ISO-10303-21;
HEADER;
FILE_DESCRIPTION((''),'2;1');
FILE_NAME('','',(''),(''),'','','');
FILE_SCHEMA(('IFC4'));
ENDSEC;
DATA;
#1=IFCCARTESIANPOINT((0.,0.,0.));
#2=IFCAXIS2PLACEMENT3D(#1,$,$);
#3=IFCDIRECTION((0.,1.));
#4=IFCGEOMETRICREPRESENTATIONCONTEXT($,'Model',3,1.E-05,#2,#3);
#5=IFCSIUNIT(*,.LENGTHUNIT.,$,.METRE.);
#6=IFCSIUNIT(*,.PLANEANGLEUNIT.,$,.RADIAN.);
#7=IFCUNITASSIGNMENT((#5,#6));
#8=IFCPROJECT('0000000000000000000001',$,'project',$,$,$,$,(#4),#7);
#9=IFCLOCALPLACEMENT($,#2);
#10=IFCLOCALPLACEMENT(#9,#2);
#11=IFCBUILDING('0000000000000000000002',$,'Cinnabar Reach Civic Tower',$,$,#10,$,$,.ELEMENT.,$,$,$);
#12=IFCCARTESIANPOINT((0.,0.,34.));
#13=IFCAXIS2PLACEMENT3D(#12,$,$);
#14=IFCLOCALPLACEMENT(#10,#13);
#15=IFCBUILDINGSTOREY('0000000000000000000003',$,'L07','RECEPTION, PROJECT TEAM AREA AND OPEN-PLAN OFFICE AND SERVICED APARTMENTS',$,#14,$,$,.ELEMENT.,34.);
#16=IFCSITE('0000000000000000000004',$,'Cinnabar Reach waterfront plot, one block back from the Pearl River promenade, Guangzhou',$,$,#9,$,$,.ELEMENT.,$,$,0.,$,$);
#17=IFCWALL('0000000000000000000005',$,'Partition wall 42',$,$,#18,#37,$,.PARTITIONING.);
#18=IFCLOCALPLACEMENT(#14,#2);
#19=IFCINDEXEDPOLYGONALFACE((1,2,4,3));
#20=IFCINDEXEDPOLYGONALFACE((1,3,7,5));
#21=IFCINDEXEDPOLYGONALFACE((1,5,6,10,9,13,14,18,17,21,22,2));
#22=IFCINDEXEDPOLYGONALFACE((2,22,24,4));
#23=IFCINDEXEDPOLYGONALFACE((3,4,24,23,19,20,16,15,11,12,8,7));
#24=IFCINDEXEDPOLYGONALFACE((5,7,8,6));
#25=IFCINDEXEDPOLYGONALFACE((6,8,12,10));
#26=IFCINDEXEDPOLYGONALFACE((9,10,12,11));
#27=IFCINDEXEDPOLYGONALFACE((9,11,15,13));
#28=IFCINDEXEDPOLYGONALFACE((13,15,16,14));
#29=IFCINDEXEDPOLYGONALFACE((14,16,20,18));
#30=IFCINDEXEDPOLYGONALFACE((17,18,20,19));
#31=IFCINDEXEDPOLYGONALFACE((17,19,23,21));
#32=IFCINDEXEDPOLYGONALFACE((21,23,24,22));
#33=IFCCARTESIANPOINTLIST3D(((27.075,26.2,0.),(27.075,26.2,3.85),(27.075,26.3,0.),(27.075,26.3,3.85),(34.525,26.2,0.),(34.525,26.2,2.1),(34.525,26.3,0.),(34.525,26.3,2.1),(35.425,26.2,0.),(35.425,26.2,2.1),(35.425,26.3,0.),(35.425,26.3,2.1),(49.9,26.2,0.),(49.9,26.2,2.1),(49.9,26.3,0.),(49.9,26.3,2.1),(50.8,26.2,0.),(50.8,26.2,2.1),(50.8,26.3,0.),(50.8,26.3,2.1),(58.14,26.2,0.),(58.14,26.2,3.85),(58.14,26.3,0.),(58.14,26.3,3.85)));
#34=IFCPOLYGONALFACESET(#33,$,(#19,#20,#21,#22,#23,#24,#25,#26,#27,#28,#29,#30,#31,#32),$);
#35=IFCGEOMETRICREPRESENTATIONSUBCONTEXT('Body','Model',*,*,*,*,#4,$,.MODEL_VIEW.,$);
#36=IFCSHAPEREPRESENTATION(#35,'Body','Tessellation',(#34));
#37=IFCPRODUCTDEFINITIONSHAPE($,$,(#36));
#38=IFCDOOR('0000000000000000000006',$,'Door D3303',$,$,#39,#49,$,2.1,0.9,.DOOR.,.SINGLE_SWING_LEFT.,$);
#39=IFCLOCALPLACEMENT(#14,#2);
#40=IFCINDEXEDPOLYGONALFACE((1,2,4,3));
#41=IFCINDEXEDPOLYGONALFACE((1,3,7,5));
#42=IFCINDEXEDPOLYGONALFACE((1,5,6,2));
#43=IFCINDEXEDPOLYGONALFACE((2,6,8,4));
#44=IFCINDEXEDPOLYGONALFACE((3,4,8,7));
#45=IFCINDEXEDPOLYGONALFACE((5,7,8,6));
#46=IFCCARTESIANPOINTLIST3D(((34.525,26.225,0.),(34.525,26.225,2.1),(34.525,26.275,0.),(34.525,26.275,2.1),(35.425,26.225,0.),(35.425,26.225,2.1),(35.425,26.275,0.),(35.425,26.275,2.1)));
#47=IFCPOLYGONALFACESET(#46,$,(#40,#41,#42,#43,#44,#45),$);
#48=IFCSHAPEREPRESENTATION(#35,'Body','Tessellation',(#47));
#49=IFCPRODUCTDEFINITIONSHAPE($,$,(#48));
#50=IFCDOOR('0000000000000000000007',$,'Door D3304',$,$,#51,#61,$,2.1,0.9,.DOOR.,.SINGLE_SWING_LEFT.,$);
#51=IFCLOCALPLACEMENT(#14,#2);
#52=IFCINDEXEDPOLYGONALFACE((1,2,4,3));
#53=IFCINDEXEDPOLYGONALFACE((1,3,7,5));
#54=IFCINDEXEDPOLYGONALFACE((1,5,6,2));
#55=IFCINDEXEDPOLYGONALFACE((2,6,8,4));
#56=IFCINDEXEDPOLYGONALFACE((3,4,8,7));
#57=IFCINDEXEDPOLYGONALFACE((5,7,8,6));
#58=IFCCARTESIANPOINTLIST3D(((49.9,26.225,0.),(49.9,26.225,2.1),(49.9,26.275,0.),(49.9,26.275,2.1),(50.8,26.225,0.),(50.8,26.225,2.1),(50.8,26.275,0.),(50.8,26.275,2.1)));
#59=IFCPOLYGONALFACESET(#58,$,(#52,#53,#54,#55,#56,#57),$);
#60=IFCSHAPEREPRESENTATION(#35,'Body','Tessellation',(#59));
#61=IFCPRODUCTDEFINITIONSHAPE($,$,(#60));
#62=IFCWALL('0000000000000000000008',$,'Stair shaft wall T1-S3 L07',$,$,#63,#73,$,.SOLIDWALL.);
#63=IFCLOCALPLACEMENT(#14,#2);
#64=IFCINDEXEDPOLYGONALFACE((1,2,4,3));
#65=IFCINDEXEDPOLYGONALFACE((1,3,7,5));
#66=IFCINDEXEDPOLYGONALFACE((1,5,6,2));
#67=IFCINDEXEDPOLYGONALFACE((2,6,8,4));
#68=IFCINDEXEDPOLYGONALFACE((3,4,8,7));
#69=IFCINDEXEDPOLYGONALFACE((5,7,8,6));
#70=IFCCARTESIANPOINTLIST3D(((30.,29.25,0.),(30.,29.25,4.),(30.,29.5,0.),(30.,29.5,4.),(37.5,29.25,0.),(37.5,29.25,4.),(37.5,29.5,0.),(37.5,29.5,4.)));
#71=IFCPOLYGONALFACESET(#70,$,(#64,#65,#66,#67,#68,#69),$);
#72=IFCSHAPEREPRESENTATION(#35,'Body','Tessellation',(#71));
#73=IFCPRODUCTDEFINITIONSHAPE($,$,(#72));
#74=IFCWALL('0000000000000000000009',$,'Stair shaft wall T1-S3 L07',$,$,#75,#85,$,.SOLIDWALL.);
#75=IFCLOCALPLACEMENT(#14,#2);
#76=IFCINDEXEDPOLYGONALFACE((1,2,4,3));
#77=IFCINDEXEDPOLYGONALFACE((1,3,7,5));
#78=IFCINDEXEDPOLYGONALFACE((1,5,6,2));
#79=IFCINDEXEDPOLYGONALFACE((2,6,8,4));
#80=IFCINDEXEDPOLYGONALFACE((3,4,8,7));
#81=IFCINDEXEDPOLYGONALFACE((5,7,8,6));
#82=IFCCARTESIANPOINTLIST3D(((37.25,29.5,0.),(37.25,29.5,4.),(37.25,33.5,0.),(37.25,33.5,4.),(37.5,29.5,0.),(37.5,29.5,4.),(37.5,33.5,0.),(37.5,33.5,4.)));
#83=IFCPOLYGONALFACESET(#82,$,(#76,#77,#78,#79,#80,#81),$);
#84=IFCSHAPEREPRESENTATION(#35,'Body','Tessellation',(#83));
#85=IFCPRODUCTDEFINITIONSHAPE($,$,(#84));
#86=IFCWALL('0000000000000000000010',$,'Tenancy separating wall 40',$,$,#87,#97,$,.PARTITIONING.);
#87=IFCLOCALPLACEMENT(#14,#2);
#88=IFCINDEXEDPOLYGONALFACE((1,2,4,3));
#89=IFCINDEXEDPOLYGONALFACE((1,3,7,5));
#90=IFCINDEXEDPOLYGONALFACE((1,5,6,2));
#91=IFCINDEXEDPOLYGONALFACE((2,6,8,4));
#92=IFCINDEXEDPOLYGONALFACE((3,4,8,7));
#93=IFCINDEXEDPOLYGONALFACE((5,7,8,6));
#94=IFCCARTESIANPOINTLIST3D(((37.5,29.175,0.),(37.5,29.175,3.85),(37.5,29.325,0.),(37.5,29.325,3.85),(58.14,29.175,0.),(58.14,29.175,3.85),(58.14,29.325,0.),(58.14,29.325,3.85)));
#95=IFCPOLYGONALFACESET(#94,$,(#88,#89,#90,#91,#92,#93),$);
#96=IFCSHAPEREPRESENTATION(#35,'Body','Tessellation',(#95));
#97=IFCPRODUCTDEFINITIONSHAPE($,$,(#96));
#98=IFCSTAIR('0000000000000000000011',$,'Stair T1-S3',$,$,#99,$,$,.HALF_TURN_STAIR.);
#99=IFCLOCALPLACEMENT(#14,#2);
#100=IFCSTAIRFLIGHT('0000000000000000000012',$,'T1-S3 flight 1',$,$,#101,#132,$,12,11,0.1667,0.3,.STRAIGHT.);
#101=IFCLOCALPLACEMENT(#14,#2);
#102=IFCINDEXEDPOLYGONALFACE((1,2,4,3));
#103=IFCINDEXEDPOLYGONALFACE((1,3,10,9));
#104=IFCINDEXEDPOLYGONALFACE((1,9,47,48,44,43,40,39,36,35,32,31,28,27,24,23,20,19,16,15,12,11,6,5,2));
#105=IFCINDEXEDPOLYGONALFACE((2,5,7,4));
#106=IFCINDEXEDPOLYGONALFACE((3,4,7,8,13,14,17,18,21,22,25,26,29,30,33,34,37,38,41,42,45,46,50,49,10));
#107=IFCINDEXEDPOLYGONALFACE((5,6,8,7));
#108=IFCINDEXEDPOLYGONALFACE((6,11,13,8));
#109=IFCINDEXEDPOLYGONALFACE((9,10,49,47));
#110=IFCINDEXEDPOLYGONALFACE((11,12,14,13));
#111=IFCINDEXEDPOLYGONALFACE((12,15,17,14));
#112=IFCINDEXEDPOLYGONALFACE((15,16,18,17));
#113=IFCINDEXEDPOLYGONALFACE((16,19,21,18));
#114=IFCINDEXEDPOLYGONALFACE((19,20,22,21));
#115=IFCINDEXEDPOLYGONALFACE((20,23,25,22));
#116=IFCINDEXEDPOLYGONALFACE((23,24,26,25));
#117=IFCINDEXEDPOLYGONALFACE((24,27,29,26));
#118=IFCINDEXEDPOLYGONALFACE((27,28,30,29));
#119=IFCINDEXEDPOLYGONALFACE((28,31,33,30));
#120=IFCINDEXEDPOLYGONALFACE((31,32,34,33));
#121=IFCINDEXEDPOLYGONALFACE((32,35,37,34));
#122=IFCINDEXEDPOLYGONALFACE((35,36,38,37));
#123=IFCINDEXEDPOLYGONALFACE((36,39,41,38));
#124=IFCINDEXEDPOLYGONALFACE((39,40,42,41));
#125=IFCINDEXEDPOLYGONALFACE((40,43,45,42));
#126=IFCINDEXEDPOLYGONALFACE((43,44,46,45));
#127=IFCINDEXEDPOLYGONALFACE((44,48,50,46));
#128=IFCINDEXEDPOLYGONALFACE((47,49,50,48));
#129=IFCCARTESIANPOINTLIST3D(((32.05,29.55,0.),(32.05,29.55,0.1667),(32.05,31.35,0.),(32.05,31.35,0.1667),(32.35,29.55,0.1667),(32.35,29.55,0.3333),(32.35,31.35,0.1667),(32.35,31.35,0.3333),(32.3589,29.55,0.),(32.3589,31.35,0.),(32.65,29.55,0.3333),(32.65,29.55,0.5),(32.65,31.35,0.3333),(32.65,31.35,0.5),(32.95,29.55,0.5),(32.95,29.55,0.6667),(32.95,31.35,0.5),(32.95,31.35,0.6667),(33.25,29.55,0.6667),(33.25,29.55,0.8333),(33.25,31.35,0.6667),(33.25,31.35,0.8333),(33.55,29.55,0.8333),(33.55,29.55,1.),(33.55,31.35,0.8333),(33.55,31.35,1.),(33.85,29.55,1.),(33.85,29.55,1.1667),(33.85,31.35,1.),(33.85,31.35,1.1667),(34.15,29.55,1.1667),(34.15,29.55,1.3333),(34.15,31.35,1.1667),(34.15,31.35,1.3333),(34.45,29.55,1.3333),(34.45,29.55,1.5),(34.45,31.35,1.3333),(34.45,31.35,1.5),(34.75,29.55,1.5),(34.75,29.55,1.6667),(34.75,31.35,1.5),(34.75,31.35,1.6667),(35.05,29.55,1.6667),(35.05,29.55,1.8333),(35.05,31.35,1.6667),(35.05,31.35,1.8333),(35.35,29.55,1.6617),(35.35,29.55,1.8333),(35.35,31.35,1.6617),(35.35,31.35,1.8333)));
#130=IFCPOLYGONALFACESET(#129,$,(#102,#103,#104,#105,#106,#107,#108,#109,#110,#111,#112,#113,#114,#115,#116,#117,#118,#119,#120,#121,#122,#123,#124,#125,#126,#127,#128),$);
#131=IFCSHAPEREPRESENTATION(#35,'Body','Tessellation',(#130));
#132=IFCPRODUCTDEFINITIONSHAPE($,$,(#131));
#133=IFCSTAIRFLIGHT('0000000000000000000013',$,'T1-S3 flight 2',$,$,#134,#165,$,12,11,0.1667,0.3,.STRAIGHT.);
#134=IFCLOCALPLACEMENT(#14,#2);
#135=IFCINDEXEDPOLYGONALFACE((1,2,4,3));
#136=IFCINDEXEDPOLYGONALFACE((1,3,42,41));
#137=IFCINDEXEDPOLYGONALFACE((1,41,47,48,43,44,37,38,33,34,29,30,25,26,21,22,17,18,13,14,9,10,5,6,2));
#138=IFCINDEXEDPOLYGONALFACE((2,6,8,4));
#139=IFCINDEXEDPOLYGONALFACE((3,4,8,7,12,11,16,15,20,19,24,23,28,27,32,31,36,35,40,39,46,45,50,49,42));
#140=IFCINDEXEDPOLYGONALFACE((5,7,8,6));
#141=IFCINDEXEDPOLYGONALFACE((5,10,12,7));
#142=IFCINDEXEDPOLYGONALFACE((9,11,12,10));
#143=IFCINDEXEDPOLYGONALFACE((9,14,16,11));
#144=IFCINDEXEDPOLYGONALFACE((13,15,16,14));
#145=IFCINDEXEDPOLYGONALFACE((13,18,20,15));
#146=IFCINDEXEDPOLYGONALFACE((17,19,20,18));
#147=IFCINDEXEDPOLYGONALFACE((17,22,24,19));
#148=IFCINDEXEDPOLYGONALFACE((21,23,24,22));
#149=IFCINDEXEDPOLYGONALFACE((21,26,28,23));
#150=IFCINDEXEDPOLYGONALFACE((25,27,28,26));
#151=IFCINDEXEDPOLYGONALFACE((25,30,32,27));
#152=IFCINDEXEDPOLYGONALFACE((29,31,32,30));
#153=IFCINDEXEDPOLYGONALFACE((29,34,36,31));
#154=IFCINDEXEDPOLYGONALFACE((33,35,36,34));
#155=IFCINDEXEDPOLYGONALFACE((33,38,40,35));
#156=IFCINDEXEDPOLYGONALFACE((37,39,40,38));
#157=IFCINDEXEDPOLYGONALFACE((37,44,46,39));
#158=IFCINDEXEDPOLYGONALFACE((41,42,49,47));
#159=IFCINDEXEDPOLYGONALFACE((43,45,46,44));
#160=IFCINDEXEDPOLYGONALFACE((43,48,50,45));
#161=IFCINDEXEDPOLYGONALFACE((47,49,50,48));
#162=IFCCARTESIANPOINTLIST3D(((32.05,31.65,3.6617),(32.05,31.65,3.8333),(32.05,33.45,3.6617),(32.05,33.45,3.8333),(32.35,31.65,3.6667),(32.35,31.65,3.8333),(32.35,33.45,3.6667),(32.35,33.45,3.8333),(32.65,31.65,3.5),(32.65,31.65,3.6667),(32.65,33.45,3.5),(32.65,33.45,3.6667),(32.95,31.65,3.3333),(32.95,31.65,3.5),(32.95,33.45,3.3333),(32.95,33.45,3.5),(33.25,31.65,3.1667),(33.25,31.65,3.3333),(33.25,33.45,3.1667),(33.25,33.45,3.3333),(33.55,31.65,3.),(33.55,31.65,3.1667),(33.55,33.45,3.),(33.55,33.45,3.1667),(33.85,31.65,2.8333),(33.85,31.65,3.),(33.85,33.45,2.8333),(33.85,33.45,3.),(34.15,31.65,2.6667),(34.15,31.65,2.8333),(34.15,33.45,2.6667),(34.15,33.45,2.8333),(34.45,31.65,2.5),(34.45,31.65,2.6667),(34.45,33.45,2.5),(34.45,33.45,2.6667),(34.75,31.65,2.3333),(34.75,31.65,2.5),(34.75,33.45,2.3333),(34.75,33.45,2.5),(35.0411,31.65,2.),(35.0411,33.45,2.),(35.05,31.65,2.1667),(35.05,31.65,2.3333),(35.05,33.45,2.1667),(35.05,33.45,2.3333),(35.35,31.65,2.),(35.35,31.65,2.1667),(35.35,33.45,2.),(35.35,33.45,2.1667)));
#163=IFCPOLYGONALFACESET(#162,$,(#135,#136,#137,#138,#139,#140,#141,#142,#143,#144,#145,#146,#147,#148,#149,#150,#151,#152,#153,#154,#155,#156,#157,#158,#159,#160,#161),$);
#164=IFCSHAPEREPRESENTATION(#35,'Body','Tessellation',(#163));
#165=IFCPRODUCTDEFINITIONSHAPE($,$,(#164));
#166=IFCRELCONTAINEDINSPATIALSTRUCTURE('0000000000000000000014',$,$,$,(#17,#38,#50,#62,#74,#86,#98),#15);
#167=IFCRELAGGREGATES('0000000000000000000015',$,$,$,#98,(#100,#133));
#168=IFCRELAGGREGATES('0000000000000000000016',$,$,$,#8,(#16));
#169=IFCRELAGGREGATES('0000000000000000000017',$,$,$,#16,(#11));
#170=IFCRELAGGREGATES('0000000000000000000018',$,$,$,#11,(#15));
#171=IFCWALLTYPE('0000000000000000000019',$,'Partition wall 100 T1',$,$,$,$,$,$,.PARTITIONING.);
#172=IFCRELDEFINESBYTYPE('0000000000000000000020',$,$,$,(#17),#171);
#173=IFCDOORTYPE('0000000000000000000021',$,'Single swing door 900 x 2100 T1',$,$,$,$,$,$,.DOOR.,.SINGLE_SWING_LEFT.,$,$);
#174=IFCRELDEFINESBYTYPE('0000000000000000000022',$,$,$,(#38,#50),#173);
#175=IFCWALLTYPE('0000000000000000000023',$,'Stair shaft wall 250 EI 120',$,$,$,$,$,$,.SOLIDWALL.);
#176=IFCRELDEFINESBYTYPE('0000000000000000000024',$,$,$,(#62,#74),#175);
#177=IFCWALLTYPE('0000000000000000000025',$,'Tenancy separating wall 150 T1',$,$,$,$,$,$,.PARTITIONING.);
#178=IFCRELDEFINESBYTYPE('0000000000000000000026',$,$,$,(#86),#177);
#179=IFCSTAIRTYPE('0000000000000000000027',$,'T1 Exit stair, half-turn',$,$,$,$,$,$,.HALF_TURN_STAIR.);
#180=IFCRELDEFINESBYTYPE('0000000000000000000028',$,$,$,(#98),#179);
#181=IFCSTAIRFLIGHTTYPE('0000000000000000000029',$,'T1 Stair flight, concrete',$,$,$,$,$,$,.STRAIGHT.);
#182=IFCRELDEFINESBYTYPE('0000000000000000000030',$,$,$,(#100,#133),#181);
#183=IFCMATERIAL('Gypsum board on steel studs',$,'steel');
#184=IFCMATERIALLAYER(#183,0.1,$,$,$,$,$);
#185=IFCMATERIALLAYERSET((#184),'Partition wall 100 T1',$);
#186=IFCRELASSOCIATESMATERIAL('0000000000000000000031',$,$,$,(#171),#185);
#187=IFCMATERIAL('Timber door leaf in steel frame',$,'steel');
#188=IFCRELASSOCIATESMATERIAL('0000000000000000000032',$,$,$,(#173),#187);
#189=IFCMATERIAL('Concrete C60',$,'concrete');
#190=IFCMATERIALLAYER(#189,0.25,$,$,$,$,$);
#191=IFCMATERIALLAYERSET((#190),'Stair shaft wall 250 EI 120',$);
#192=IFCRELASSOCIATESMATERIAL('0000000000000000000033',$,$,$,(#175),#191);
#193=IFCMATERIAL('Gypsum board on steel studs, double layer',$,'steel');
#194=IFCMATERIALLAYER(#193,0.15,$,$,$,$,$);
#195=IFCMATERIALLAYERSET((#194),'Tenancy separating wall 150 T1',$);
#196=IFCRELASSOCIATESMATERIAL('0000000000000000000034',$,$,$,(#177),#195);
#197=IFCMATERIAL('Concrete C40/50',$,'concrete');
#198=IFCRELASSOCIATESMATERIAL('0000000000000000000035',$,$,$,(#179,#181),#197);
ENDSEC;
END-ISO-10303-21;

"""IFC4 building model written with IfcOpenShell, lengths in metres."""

from ifc_helpers import new_model, si_unit, direction, frame, frame_2d, origin, place, context, subcontext, project, spatial, polyline, rectangle, outline, extrude, material, layer, layer_set, type_object, element, fill, aggregate, save


model = new_model("IFC4")

# Units and contexts
model_context = context("Model", 3, precision=1e-05, world=origin(), true_north=direction((0.0, 1.0)))
body_context = subcontext(model_context, "Body", "Model", "MODEL_VIEW")
ifc_project = project(units=[si_unit("LENGTHUNIT", "METRE"), si_unit("PLANEANGLEUNIT", "RADIAN")], contexts=[model_context])

# Site, building, storey
site_placement = place(None, origin())
site = spatial("IfcSite", under=ifc_project, at=site_placement, Name="Cinnabar Reach waterfront plot, one block back from the Pearl River promenade, Guangzhou", CompositionType="ELEMENT", RefElevation=0.0)
building_placement = place(site_placement, origin())
building = spatial("IfcBuilding", under=site, at=building_placement, Name="Cinnabar Reach Civic Tower", CompositionType="ELEMENT")
storey_placement = place(building_placement, frame((0.0, 0.0, 34.0)))
storey = spatial("IfcBuildingStorey", under=building, at=storey_placement, Name="L07", Description="RECEPTION, PROJECT TEAM AREA AND OPEN-PLAN OFFICE AND SERVICED APARTMENTS", CompositionType="ELEMENT", Elevation=34.0)

# Shared definitions
ifc_material_1 = material(Name="Gypsum board on steel studs, double layer", Category="steel")
ifc_material_2 = material(Name="Timber door leaf in steel frame", Category="steel")

# Wall, openings, doors
ifc_material_3 = material(Name="Gypsum board on steel studs", Category="steel")
ifc_layer_1 = layer(ifc_material_3, 0.1)
ifc_layer_set_1 = layer_set([ifc_layer_1], Name="Partition wall 100 T1")
wall_type_1 = type_object("IfcWallType", Name="Partition wall 100 T1", PredefinedType="PARTITIONING", material=ifc_layer_set_1)
wall_1_placement = place(storey_placement, frame((27.075, 26.25, 0.0), z_axis=(0.0, 0.0, 1.0), x_axis=(1.0, 0.0, 0.0)))
wall_1 = element("IfcWall", 1, at=wall_1_placement, inside=storey, type_object=wall_type_1, Name="Partition wall 42", PredefinedType="PARTITIONING", context=body_context, shape_type="SweptSolid", body=[
    extrude(rectangle(XDim=31.065, YDim=0.1, at=frame_2d((15.5325, 0.0))), origin(), (0.0, 0.0, 1.0), 3.85),
])
opening_1_placement = place(wall_1_placement, frame((7.45, 0.0, 0.0)))
opening_1 = element("IfcOpeningElement", 2, at=opening_1_placement, cuts=wall_1, PredefinedType="OPENING", context=body_context, shape_type="SweptSolid", body=[
    extrude(rectangle(XDim=0.9, YDim=2.1, at=frame_2d((0.45, 1.05))), frame((0.0, 0.06, 0.0), z_axis=(0.0, -1.0, 0.0), x_axis=(1.0, 0.0, 0.0)), (0.0, 0.0, 1.0), 0.12),
])
opening_2_placement = place(wall_1_placement, frame((22.825, 0.0, 0.0)))
opening_2 = element("IfcOpeningElement", 3, at=opening_2_placement, cuts=wall_1, PredefinedType="OPENING", context=body_context, shape_type="SweptSolid", body=[
    extrude(rectangle(XDim=0.9, YDim=2.1, at=frame_2d((0.45, 1.05))), frame((0.0, 0.06, 0.0), z_axis=(0.0, -1.0, 0.0), x_axis=(1.0, 0.0, 0.0)), (0.0, 0.0, 1.0), 0.12),
])
door_type_1 = type_object("IfcDoorType", Name="Single swing door 900 x 2100 T1", OperationType="SINGLE_SWING_LEFT", PredefinedType="DOOR", material=ifc_material_2)
door_1_placement = place(opening_1_placement, frame((0.9, 0.0, 0.0), z_axis=(0.0, 0.0, 1.0), x_axis=(-1.0, 0.0, 0.0)))
door_1 = element("IfcDoor", 4, at=door_1_placement, inside=storey, type_object=door_type_1, Name="Door D3303", OperationType="SINGLE_SWING_LEFT", OverallHeight=2.1, OverallWidth=0.9, PredefinedType="DOOR", context=body_context, shape_type="SweptSolid", body=[
    extrude(rectangle(XDim=0.9, YDim=2.1, at=frame_2d((0.45, 1.05))), frame((0.0, 0.025, 0.0), z_axis=(0.0, -1.0, 0.0), x_axis=(1.0, 0.0, 0.0)), (0.0, 0.0, 1.0), 0.05),
])
fill(opening_1, door_1)
door_2_placement = place(opening_2_placement, frame((0.9, 0.0, 0.0), z_axis=(0.0, 0.0, 1.0), x_axis=(-1.0, 0.0, 0.0)))
door_2 = element("IfcDoor", 5, at=door_2_placement, inside=storey, type_object=door_type_1, Name="Door D3304", OperationType="SINGLE_SWING_LEFT", OverallHeight=2.1, OverallWidth=0.9, PredefinedType="DOOR", context=body_context, shape_type="SweptSolid", body=[
    extrude(rectangle(XDim=0.9, YDim=2.1, at=frame_2d((0.45, 1.05))), frame((0.0, 0.025, 0.0), z_axis=(0.0, -1.0, 0.0), x_axis=(1.0, 0.0, 0.0)), (0.0, 0.0, 1.0), 0.05),
])
fill(opening_2, door_2)

# Walls
ifc_material_4 = material(Name="Concrete C60", Category="concrete")
ifc_layer_2 = layer(ifc_material_4, 0.25)
ifc_layer_set_2 = layer_set([ifc_layer_2], Name="Stair shaft wall 250 EI 120")
wall_type_2 = type_object("IfcWallType", Name="Stair shaft wall 250 EI 120", PredefinedType="SOLIDWALL", material=ifc_layer_set_2)
wall_2_placement = place(storey_placement, frame((30.0, 29.375, 0.0), z_axis=(0.0, 0.0, 1.0), x_axis=(1.0, 0.0, 0.0)))
element("IfcWall", 6, at=wall_2_placement, inside=storey, type_object=wall_type_2, Name="Stair shaft wall T1-S3 L07", PredefinedType="SOLIDWALL", context=body_context, shape_type="SweptSolid", body=[
    extrude(rectangle(XDim=7.5, YDim=0.25, at=frame_2d((3.75, 0.0))), origin(), (0.0, 0.0, 1.0), 4.0),
])
wall_3_placement = place(storey_placement, frame((37.375, 29.5, 0.0), z_axis=(0.0, 0.0, 1.0), x_axis=(0.0, 1.0, 0.0)))
element("IfcWall", 7, at=wall_3_placement, inside=storey, type_object=wall_type_2, Name="Stair shaft wall T1-S3 L07", PredefinedType="SOLIDWALL", context=body_context, shape_type="SweptSolid", body=[
    extrude(rectangle(XDim=4.0, YDim=0.25, at=frame_2d((2.0, 0.0))), origin(), (0.0, 0.0, 1.0), 4.0),
])
ifc_layer_3 = layer(ifc_material_1, 0.15)
ifc_layer_set_3 = layer_set([ifc_layer_3], Name="Tenancy separating wall 150 T1")
wall_type_3 = type_object("IfcWallType", Name="Tenancy separating wall 150 T1", PredefinedType="PARTITIONING", material=ifc_layer_set_3)
wall_4_placement = place(storey_placement, frame((37.5, 29.25, 0.0), z_axis=(0.0, 0.0, 1.0), x_axis=(1.0, 0.0, 0.0)))
element("IfcWall", 8, at=wall_4_placement, inside=storey, type_object=wall_type_3, Name="Tenancy separating wall 40", PredefinedType="PARTITIONING", context=body_context, shape_type="SweptSolid", body=[
    extrude(rectangle(XDim=20.64, YDim=0.15, at=frame_2d((10.32, 0.0))), origin(), (0.0, 0.0, 1.0), 3.85),
])

# Stair, stair flights
ifc_material_5 = material(Name="Concrete C40/50", Category="concrete")
stair_type = type_object("IfcStairType", Name="T1 Exit stair, half-turn", PredefinedType="HALF_TURN_STAIR", material=ifc_material_5)
stair_placement = place(storey_placement, origin())
stair = element("IfcStair", 9, at=stair_placement, inside=storey, type_object=stair_type, Name="Stair T1-S3", PredefinedType="HALF_TURN_STAIR")
stair_flight_type = type_object("IfcStairFlightType", Name="T1 Stair flight, concrete", PredefinedType="STRAIGHT", material=ifc_material_5)
stair_flight_1_placement = place(storey_placement, frame((32.05, 30.45, 0.0), z_axis=(0.0, 0.0, 1.0), x_axis=(1.0, 0.0, 0.0)))
stair_flight_1 = element("IfcStairFlight", 10, at=stair_flight_1_placement, type_object=stair_flight_type, Name="T1-S3 flight 1", NumberOfRisers=12, NumberOfTreads=11, PredefinedType="STRAIGHT", RiserHeight=0.1667, TreadLength=0.3, context=body_context, shape_type="SweptSolid", body=[
    extrude(outline(polyline([(0.0, 0.0), (0.0, 0.1667), (0.3, 0.1667), (0.3, 0.3333), (0.6, 0.3333), (0.6, 0.5), (0.9, 0.5), (0.9, 0.6667), (1.2, 0.6667), (1.2, 0.8333), (1.5, 0.8333), (1.5, 1.0), (1.8, 1.0), (1.8, 1.1667), (2.1, 1.1667), (2.1, 1.3333), (2.4, 1.3333), (2.4, 1.5), (2.7, 1.5), (2.7, 1.6667), (3.0, 1.6667), (3.0, 1.8333), (3.3, 1.8333), (3.3, 2.0), (3.3, 1.6617), (0.3089, 0.0), (0.0, 0.0)])), frame((0.0, 0.9, 0.0), z_axis=(0.0, -1.0, 0.0), x_axis=(1.0, 0.0, 0.0)), (0.0, 0.0, 1.0), 1.8),
])
stair_flight_2_placement = place(storey_placement, frame((35.35, 32.55, 2.0), z_axis=(0.0, 0.0, 1.0), x_axis=(-1.0, 0.0, 0.0)))
stair_flight_2 = element("IfcStairFlight", 11, at=stair_flight_2_placement, type_object=stair_flight_type, Name="T1-S3 flight 2", NumberOfRisers=12, NumberOfTreads=11, PredefinedType="STRAIGHT", RiserHeight=0.1667, TreadLength=0.3, context=body_context, shape_type="SweptSolid", body=[
    extrude(outline(polyline([(0.0, 0.0), (0.0, 0.1667), (0.3, 0.1667), (0.3, 0.3333), (0.6, 0.3333), (0.6, 0.5), (0.9, 0.5), (0.9, 0.6667), (1.2, 0.6667), (1.2, 0.8333), (1.5, 0.8333), (1.5, 1.0), (1.8, 1.0), (1.8, 1.1667), (2.1, 1.1667), (2.1, 1.3333), (2.4, 1.3333), (2.4, 1.5), (2.7, 1.5), (2.7, 1.6667), (3.0, 1.6667), (3.0, 1.8333), (3.3, 1.8333), (3.3, 2.0), (3.3, 1.6617), (0.3089, 0.0), (0.0, 0.0)])), frame((0.0, 0.9, 0.0), z_axis=(0.0, -1.0, 0.0), x_axis=(1.0, 0.0, 0.0)), (0.0, 0.0, 1.0), 1.8),
])
aggregate(stair, [stair_flight_1, stair_flight_2])

save(model, "model.ifc")
